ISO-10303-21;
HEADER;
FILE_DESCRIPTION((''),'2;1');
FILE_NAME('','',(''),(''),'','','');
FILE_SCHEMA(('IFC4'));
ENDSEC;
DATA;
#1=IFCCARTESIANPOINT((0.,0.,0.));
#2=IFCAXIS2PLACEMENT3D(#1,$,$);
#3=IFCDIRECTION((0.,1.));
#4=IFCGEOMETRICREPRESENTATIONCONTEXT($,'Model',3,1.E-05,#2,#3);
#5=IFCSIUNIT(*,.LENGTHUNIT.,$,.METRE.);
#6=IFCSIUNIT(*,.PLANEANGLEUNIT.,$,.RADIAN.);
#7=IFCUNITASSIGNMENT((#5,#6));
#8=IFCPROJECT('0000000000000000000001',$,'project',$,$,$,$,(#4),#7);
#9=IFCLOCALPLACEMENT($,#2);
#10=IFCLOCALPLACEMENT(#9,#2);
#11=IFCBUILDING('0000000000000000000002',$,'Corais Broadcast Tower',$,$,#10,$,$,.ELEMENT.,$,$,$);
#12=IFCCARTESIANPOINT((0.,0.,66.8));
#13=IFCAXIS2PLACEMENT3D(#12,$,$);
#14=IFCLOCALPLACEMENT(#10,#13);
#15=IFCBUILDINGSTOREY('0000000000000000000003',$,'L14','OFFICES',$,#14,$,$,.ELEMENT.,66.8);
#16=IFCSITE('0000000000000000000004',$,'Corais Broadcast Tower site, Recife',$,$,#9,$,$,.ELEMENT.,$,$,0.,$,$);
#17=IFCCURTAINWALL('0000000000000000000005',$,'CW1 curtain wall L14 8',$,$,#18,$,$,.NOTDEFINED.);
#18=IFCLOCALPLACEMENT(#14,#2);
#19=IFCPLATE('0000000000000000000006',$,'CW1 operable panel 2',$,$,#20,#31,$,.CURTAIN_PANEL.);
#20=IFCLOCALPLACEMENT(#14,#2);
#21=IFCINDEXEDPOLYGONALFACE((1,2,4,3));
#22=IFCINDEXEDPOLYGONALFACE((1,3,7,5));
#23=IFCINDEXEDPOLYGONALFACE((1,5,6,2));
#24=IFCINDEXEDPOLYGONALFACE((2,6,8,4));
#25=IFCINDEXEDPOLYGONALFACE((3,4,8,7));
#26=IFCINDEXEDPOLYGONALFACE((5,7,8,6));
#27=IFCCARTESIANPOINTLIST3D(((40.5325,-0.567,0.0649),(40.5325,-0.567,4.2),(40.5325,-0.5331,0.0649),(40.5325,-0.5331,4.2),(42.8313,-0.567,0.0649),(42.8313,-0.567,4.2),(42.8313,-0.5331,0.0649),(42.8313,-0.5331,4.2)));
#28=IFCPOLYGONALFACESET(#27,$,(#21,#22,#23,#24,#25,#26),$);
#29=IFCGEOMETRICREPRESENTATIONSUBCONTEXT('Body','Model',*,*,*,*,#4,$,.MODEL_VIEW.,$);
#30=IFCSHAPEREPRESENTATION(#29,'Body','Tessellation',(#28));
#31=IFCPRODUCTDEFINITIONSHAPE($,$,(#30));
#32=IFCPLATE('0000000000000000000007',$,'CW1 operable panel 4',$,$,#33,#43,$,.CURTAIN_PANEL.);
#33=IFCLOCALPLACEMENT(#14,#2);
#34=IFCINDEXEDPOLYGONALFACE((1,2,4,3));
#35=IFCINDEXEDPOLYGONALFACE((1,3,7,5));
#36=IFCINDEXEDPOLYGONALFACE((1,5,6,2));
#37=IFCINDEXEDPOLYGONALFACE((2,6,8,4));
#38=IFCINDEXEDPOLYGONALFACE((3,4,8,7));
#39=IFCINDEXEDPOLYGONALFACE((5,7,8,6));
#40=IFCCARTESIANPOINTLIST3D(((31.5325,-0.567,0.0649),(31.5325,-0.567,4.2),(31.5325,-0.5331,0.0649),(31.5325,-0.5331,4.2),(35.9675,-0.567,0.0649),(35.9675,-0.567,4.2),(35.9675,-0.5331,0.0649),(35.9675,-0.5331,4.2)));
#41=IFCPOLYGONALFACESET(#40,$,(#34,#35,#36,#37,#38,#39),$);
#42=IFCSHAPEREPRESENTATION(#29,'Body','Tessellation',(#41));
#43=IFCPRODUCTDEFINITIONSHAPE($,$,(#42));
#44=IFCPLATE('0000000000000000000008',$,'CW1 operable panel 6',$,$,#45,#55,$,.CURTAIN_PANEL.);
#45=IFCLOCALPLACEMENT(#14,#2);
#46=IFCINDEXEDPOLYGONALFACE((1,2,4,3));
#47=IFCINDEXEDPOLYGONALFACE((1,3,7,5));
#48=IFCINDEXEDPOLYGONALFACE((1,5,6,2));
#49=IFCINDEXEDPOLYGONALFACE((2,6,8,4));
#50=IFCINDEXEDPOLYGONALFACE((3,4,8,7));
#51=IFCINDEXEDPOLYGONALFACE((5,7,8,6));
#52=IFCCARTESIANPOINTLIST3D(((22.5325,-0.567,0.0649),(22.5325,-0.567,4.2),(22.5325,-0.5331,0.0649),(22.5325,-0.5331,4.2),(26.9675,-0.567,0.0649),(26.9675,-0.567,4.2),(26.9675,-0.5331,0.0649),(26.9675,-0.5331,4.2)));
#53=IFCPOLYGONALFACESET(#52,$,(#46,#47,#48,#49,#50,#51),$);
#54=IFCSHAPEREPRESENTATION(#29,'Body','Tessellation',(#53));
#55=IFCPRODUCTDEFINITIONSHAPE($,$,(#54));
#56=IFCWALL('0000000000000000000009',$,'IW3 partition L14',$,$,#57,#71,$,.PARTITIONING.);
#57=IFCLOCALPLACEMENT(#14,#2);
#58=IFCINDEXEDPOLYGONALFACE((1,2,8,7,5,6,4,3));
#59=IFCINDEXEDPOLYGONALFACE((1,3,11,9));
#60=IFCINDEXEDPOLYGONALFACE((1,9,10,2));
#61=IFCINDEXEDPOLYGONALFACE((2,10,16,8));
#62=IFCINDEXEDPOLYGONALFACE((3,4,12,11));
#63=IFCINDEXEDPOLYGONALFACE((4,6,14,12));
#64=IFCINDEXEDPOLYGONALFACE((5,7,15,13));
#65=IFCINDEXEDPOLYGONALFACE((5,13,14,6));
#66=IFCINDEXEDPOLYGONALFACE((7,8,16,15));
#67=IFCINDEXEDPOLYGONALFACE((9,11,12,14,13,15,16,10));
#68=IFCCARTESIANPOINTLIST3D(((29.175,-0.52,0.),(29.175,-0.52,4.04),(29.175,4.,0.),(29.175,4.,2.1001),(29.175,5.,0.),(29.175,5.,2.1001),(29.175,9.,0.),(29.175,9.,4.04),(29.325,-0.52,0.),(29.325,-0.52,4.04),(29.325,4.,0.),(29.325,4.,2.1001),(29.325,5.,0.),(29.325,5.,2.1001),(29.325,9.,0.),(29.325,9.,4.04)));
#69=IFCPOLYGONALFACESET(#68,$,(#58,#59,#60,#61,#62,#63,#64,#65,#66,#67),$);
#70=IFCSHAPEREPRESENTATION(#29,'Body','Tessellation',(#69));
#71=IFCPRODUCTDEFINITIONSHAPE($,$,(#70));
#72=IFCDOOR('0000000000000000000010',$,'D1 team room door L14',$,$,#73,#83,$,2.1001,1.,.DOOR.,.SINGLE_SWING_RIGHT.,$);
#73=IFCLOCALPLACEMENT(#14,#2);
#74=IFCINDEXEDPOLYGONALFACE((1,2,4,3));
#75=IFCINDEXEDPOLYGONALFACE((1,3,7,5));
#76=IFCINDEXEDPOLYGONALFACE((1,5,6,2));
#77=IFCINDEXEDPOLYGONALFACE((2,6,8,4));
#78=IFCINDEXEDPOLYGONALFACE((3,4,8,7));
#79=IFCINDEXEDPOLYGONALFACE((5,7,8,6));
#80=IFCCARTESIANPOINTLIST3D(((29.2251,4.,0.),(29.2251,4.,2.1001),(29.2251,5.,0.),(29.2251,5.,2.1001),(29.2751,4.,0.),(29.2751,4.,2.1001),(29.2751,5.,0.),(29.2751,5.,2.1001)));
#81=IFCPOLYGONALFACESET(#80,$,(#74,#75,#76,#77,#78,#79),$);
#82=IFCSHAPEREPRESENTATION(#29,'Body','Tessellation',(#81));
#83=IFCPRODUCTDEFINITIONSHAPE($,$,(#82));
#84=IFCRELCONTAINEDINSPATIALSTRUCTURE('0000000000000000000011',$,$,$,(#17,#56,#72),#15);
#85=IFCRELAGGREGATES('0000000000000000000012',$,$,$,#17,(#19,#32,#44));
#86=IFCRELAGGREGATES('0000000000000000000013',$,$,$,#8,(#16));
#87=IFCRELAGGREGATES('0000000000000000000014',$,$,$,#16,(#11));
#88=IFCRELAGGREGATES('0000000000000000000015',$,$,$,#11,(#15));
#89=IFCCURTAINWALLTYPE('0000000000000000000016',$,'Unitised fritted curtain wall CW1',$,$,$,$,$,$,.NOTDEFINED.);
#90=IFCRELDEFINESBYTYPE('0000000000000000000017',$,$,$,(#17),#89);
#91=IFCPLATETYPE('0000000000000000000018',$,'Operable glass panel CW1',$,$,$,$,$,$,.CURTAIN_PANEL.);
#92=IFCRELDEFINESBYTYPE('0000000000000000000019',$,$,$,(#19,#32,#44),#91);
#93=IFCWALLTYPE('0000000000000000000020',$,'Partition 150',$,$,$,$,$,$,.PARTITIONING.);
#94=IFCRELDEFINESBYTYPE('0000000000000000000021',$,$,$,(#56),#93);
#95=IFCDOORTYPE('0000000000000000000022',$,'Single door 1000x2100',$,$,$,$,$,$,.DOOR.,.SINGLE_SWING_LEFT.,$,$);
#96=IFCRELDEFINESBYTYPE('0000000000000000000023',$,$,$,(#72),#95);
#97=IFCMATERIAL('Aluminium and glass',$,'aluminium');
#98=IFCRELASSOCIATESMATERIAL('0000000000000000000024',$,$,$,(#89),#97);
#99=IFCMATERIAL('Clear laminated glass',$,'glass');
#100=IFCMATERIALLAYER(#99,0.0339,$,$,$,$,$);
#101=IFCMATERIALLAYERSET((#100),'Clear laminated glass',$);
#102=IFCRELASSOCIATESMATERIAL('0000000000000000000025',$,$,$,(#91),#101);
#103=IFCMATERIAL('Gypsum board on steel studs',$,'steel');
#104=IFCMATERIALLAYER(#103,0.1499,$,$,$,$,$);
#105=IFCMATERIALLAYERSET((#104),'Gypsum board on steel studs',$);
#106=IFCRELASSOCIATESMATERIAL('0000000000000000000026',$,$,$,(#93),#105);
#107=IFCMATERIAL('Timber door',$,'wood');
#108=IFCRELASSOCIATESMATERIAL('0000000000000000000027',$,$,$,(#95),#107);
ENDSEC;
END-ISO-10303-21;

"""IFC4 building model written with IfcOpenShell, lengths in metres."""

from ifc_helpers import new_model, si_unit, direction, frame, frame_2d, origin, origin_2d, place, context, subcontext, project, spatial, rectangle, extrude, material, layer, layer_set, type_object, element, fill, aggregate, save


model = new_model("IFC4")

# Units and contexts
model_context = context("Model", 3, precision=1e-05, world=origin(), true_north=direction((0.0, 1.0)))
body_context = subcontext(model_context, "Body", "Model", "MODEL_VIEW")
ifc_project = project(units=[si_unit("LENGTHUNIT", "METRE"), si_unit("PLANEANGLEUNIT", "RADIAN")], contexts=[model_context])

# Site, building, storey
site_placement = place(None, origin())
site = spatial("IfcSite", under=ifc_project, at=site_placement, Name="Corais Broadcast Tower site, Recife", CompositionType="ELEMENT", RefElevation=0.0)
building_placement = place(site_placement, origin())
building = spatial("IfcBuilding", under=site, at=building_placement, Name="Corais Broadcast Tower", CompositionType="ELEMENT")
storey_placement = place(building_placement, frame((0.0, 0.0, 66.8)))
storey = spatial("IfcBuildingStorey", under=building, at=storey_placement, Name="L14", Description="OFFICES", CompositionType="ELEMENT", Elevation=66.8)

# Curtain wall
ifc_material_1 = material(Name="Aluminium and glass", Category="aluminium")
curtain_wall_type = type_object("IfcCurtainWallType", Name="Unitised fritted curtain wall CW1", PredefinedType="NOTDEFINED", material=ifc_material_1)
curtain_wall_placement = place(storey_placement, origin())
curtain_wall = element("IfcCurtainWall", 1, at=curtain_wall_placement, inside=storey, type_object=curtain_wall_type, Name="CW1 curtain wall L14 8", PredefinedType="NOTDEFINED")

# Plates
ifc_material_2 = material(Name="Clear laminated glass", Category="glass")
ifc_layer_1 = layer(ifc_material_2, 0.0339)
ifc_layer_set_1 = layer_set([ifc_layer_1], Name="Clear laminated glass")
plate_type_1 = type_object("IfcPlateType", Name="Operable glass panel CW1", PredefinedType="CURTAIN_PANEL", material=ifc_layer_set_1)
plate_1_placement = place(storey_placement, frame((41.6819, -0.55, 0.0649), z_axis=(0.0, 0.0, 1.0), x_axis=(-1.0, 0.0, 0.0)))
plate_1 = element("IfcPlate", 2, at=plate_1_placement, type_object=plate_type_1, Name="CW1 operable panel 2", PredefinedType="CURTAIN_PANEL", context=body_context, shape_type="SweptSolid", body=[
    extrude(rectangle(XDim=2.2988, YDim=0.0339, at=origin_2d()), origin(), (0.0, 0.0, 1.0), 4.135),
])
plate_2_placement = place(storey_placement, frame((33.75, -0.55, 0.0649), z_axis=(0.0, 0.0, 1.0), x_axis=(-1.0, 0.0, 0.0)))
plate_2 = element("IfcPlate", 3, at=plate_2_placement, type_object=plate_type_1, Name="CW1 operable panel 4", PredefinedType="CURTAIN_PANEL", context=body_context, shape_type="SweptSolid", body=[
    extrude(rectangle(XDim=4.4351, YDim=0.0339, at=origin_2d()), origin(), (0.0, 0.0, 1.0), 4.135),
])
plate_3_placement = place(storey_placement, frame((24.75, -0.55, 0.0649), z_axis=(0.0, 0.0, 1.0), x_axis=(-1.0, 0.0, 0.0)))
plate_3 = element("IfcPlate", 4, at=plate_3_placement, type_object=plate_type_1, Name="CW1 operable panel 6", PredefinedType="CURTAIN_PANEL", context=body_context, shape_type="SweptSolid", body=[
    extrude(rectangle(XDim=4.4351, YDim=0.0339, at=origin_2d()), origin(), (0.0, 0.0, 1.0), 4.135),
])
aggregate(curtain_wall, [plate_1, plate_2, plate_3])

# Wall, opening, door
ifc_material_3 = material(Name="Gypsum board on steel studs", Category="steel")
ifc_layer_2 = layer(ifc_material_3, 0.1499)
ifc_layer_set_2 = layer_set([ifc_layer_2], Name="Gypsum board on steel studs")
wall_type = type_object("IfcWallType", Name="Partition 150", PredefinedType="PARTITIONING", material=ifc_layer_set_2)
wall_placement = place(storey_placement, frame((29.25, -0.52, 0.0), z_axis=(0.0, 0.0, 1.0), x_axis=(0.0, 1.0, 0.0)))
wall = element("IfcWall", 5, at=wall_placement, inside=storey, type_object=wall_type, Name="IW3 partition L14", PredefinedType="PARTITIONING", context=body_context, shape_type="SweptSolid", body=[
    extrude(rectangle(XDim=9.52, YDim=0.1499, at=frame_2d((4.76, 0.0))), origin(), (0.0, 0.0, 1.0), 4.04),
])
opening_placement = place(wall_placement, frame((4.52, 0.0, 0.0)))
opening = element("IfcOpeningElement", 6, at=opening_placement, cuts=wall, PredefinedType="OPENING", context=body_context, shape_type="SweptSolid", body=[
    extrude(rectangle(XDim=1.0, YDim=2.1001, at=frame_2d((0.5, 1.05))), frame((0.0, 0.085, 0.0), z_axis=(0.0, -1.0, 0.0), x_axis=(1.0, 0.0, 0.0)), (0.0, 0.0, 1.0), 0.1699),
])
ifc_material_4 = material(Name="Timber door", Category="wood")
door_type = type_object("IfcDoorType", Name="Single door 1000x2100", OperationType="SINGLE_SWING_LEFT", PredefinedType="DOOR", material=ifc_material_4)
door_placement = place(opening_placement, origin())
door = element("IfcDoor", 7, at=door_placement, inside=storey, type_object=door_type, Name="D1 team room door L14", OperationType="SINGLE_SWING_RIGHT", OverallHeight=2.1001, OverallWidth=1.0, PredefinedType="DOOR", context=body_context, shape_type="SweptSolid", body=[
    extrude(rectangle(XDim=1.0, YDim=2.1001, at=frame_2d((0.5, 1.05))), frame((0.0, 0.0249, 0.0), z_axis=(0.0, -1.0, 0.0), x_axis=(1.0, 0.0, 0.0)), (0.0, 0.0, 1.0), 0.05),
])
fill(opening, door)

save(model, "model.ifc")
